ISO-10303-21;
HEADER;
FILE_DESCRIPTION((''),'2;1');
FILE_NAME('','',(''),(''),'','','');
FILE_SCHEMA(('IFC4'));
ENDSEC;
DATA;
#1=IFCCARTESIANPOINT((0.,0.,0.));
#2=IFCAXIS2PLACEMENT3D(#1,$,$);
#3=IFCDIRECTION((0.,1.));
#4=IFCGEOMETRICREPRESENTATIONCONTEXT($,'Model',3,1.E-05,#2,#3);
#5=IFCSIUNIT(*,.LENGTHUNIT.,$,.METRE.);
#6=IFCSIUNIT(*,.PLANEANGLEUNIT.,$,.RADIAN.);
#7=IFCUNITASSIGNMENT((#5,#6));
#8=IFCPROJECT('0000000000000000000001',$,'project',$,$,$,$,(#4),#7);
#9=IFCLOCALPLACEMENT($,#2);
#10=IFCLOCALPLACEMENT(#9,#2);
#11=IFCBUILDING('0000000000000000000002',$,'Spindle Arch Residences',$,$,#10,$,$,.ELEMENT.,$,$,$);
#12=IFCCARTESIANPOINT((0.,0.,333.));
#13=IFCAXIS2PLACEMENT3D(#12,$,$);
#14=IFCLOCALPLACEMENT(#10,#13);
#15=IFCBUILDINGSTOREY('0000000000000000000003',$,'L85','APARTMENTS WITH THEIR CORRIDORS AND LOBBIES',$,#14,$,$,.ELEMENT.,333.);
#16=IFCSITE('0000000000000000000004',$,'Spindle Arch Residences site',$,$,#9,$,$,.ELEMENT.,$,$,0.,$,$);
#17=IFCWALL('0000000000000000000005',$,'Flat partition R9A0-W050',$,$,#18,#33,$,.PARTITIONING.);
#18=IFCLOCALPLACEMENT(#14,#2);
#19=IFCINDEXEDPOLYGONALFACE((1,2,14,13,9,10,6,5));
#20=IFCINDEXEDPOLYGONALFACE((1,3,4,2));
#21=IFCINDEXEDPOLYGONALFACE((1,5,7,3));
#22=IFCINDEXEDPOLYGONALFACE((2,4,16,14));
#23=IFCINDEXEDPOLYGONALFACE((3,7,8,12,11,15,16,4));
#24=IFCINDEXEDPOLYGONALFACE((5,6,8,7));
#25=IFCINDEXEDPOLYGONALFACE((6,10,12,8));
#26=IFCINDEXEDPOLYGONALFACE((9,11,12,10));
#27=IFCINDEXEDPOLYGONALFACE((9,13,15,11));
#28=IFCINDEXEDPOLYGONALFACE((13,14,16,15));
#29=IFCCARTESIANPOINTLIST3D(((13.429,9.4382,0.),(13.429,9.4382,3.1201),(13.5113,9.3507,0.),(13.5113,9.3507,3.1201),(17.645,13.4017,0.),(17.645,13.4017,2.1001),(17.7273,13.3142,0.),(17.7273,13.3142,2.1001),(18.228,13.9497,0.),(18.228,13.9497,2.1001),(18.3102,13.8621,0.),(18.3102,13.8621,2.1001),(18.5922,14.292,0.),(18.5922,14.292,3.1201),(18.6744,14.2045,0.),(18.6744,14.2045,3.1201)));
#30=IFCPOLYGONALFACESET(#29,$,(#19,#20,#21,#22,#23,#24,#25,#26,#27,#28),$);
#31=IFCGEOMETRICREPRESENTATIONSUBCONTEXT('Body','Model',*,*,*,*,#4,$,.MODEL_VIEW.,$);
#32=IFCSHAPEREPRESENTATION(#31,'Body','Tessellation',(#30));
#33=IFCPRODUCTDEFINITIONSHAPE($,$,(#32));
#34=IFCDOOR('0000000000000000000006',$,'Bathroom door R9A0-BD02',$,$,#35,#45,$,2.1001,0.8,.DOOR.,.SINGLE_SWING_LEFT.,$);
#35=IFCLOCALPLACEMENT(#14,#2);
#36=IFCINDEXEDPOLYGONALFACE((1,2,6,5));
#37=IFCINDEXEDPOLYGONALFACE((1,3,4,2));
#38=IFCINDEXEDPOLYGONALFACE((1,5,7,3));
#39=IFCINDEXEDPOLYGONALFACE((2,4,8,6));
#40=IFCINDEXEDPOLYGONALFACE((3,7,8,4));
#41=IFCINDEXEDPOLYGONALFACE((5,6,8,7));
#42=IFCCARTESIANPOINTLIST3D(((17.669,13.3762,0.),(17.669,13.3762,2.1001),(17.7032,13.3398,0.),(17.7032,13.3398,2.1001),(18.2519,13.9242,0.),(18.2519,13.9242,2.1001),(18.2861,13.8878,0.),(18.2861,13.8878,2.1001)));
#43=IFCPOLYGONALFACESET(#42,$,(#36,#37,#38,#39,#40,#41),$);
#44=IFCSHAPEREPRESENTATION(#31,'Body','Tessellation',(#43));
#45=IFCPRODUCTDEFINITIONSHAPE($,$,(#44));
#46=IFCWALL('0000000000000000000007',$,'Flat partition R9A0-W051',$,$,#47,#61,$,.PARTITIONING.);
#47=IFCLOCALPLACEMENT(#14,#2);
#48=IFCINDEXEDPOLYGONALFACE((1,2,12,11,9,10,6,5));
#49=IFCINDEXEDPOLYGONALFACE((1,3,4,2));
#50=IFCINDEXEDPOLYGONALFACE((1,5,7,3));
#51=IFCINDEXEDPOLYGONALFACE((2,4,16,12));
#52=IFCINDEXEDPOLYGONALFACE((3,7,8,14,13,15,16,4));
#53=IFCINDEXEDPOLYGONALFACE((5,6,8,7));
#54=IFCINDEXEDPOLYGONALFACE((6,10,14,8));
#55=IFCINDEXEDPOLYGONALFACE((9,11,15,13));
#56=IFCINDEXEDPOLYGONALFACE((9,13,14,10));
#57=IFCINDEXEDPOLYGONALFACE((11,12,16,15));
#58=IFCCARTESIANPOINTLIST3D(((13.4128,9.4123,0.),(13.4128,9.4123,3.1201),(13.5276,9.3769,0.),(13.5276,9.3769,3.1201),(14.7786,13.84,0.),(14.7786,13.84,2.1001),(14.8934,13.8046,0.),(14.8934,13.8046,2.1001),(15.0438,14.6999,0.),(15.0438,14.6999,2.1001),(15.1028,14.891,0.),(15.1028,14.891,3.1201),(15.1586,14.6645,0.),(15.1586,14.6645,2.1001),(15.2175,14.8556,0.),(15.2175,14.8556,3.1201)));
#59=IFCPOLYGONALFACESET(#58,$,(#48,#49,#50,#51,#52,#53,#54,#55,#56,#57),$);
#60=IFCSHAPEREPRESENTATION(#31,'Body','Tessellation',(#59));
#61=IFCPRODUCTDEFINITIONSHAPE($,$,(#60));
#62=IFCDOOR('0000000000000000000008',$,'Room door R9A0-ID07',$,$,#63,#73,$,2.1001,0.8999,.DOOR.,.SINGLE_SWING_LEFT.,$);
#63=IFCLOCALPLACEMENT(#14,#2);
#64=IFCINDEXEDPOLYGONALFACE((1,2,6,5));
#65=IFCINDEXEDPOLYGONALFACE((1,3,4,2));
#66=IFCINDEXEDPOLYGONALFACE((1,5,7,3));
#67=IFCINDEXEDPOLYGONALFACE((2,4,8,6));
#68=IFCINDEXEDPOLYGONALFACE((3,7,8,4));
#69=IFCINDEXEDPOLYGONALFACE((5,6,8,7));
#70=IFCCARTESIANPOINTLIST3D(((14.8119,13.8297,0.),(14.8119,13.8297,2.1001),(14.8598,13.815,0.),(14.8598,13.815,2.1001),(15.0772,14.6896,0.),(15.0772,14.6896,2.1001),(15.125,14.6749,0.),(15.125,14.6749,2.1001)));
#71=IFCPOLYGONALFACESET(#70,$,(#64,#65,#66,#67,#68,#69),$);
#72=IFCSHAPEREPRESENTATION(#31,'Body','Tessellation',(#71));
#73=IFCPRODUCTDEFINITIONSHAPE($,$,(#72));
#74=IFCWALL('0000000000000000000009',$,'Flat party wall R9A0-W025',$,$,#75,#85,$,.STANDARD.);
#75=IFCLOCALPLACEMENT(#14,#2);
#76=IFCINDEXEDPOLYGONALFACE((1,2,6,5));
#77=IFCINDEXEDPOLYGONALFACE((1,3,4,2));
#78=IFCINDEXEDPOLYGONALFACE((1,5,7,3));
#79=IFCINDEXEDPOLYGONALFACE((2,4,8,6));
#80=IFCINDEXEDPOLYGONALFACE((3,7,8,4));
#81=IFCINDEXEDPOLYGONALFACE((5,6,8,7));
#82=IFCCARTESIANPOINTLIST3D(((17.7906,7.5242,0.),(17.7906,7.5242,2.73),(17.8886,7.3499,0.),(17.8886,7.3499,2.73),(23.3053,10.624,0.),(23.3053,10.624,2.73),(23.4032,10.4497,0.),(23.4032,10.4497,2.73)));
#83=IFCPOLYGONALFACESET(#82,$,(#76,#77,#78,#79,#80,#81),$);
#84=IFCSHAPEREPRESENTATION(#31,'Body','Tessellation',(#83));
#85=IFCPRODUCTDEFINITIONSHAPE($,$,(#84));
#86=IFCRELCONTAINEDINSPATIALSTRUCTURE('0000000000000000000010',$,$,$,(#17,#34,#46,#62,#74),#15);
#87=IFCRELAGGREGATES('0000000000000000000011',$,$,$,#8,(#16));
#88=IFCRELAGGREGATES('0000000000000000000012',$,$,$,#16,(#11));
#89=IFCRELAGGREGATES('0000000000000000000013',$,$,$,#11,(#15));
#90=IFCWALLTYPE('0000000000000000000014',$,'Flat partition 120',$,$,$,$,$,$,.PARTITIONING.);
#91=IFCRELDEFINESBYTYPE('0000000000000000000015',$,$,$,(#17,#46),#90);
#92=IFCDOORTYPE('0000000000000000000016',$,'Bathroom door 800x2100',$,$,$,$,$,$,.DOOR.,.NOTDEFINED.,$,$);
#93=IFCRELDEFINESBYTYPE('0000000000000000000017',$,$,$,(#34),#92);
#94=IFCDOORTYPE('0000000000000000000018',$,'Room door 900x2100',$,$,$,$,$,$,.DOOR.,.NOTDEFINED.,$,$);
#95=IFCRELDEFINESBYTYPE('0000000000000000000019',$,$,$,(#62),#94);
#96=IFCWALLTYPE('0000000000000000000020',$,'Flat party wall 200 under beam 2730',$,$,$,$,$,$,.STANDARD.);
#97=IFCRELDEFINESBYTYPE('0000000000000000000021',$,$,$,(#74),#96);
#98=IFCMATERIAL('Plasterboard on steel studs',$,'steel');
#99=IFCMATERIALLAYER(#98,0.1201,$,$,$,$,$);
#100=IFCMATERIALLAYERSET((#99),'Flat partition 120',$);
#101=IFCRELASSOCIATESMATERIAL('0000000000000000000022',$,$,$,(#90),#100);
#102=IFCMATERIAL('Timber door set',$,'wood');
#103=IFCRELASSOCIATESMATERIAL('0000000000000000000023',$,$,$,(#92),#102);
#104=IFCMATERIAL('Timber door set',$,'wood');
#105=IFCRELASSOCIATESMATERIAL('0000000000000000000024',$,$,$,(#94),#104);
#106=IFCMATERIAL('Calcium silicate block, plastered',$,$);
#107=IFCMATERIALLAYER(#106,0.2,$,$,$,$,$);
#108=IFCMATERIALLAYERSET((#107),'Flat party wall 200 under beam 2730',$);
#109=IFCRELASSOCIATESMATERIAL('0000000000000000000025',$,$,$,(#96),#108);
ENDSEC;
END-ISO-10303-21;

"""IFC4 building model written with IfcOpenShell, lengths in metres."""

from ifc_helpers import new_model, si_unit, direction, frame, frame_2d, origin, place, context, subcontext, project, spatial, rectangle, extrude, material, layer, layer_set, type_object, element, fill, save


model = new_model("IFC4")

# Units and contexts
model_context = context("Model", 3, precision=1e-05, world=origin(), true_north=direction((0.0, 1.0)))
body_context = subcontext(model_context, "Body", "Model", "MODEL_VIEW")
ifc_project = project(units=[si_unit("LENGTHUNIT", "METRE"), si_unit("PLANEANGLEUNIT", "RADIAN")], contexts=[model_context])

# Site, building, storey
site_placement = place(None, origin())
site = spatial("IfcSite", under=ifc_project, at=site_placement, Name="Spindle Arch Residences site", CompositionType="ELEMENT", RefElevation=0.0)
building_placement = place(site_placement, origin())
building = spatial("IfcBuilding", under=site, at=building_placement, Name="Spindle Arch Residences", CompositionType="ELEMENT")
storey_placement = place(building_placement, frame((0.0, 0.0, 333.0)))
storey = spatial("IfcBuildingStorey", under=building, at=storey_placement, Name="L85", Description="APARTMENTS WITH THEIR CORRIDORS AND LOBBIES", CompositionType="ELEMENT", Elevation=333.0)

# Shared definitions
ifc_material_1 = material(Name="Plasterboard on steel studs", Category="steel")
ifc_layer_1 = layer(ifc_material_1, 0.1201)
ifc_layer_set_1 = layer_set([ifc_layer_1], Name="Flat partition 120")
wall_type_1 = type_object("IfcWallType", Name="Flat partition 120", PredefinedType="PARTITIONING", material=ifc_layer_set_1)
ifc_material_2 = material(Name="Timber door set", Category="wood")
door_type_1 = type_object("IfcDoorType", Name="Bathroom door 800x2100", OperationType="NOTDEFINED", PredefinedType="DOOR", material=ifc_material_2)

# Walls, openings, doors
wall_1_placement = place(storey_placement, frame((18.6333, 14.2483, 0.0), z_axis=(0.0, 0.0, 1.0), x_axis=(-0.728595, -0.684944, 0.0)))
wall_1 = element("IfcWall", 1, at=wall_1_placement, inside=storey, type_object=wall_type_1, Name="Flat partition R9A0-W050", PredefinedType="PARTITIONING", context=body_context, shape_type="SweptSolid", body=[
    extrude(rectangle(XDim=7.0864, YDim=0.1201, at=frame_2d((3.5432, 0.0))), origin(), (0.0, 0.0, 1.0), 3.1201),
])
opening_1_placement = place(wall_1_placement, frame((0.5, 0.0, 0.0)))
opening_1 = element("IfcOpeningElement", 2, at=opening_1_placement, cuts=wall_1, PredefinedType="OPENING", context=body_context, shape_type="SweptSolid", body=[
    extrude(rectangle(XDim=0.8, YDim=2.1001, at=frame_2d((0.3999, 1.05))), frame((0.0, 0.0701, 0.0), z_axis=(0.0, -1.0, 0.0), x_axis=(1.0, 0.0, 0.0)), (0.0, 0.0, 1.0), 0.1401),
])
door_1_placement = place(opening_1_placement, origin())
door_1 = element("IfcDoor", 3, at=door_1_placement, inside=storey, type_object=door_type_1, Name="Bathroom door R9A0-BD02", OperationType="SINGLE_SWING_LEFT", OverallHeight=2.1001, OverallWidth=0.8, PredefinedType="DOOR", context=body_context, shape_type="SweptSolid", body=[
    extrude(rectangle(XDim=0.8, YDim=2.1001, at=frame_2d((0.3999, 1.05))), frame((0.0, 0.0249, 0.0), z_axis=(0.0, -1.0, 0.0), x_axis=(1.0, 0.0, 0.0)), (0.0, 0.0, 1.0), 0.05),
])
fill(opening_1, door_1)
wall_2_placement = place(storey_placement, frame((15.1602, 14.8733, 0.0), z_axis=(0.0, 0.0, 1.0), x_axis=(-0.29475, -0.955574, 0.0)))
wall_2 = element("IfcWall", 4, at=wall_2_placement, inside=storey, type_object=wall_type_1, Name="Flat partition R9A0-W051", PredefinedType="PARTITIONING", context=body_context, shape_type="SweptSolid", body=[
    extrude(rectangle(XDim=5.7334, YDim=0.1201, at=frame_2d((2.8667, 0.0))), origin(), (0.0, 0.0, 1.0), 3.1201),
])
opening_2_placement = place(wall_2_placement, frame((0.2, 0.0, 0.0)))
opening_2 = element("IfcOpeningElement", 5, at=opening_2_placement, cuts=wall_2, PredefinedType="OPENING", context=body_context, shape_type="SweptSolid", body=[
    extrude(rectangle(XDim=0.8999, YDim=2.1001, at=frame_2d((0.45, 1.05))), frame((0.0, 0.0701, 0.0), z_axis=(0.0, -1.0, 0.0), x_axis=(1.0, 0.0, 0.0)), (0.0, 0.0, 1.0), 0.1401),
])
ifc_material_3 = material(Name="Timber door set", Category="wood")
door_type_2 = type_object("IfcDoorType", Name="Room door 900x2100", OperationType="NOTDEFINED", PredefinedType="DOOR", material=ifc_material_3)
door_2_placement = place(opening_2_placement, origin())
door_2 = element("IfcDoor", 6, at=door_2_placement, inside=storey, type_object=door_type_2, Name="Room door R9A0-ID07", OperationType="SINGLE_SWING_LEFT", OverallHeight=2.1001, OverallWidth=0.8999, PredefinedType="DOOR", context=body_context, shape_type="SweptSolid", body=[
    extrude(rectangle(XDim=0.8999, YDim=2.1001, at=frame_2d((0.45, 1.05))), frame((0.0, 0.0249, 0.0), z_axis=(0.0, -1.0, 0.0), x_axis=(1.0, 0.0, 0.0)), (0.0, 0.0, 1.0), 0.05),
])
fill(opening_2, door_2)

# Wall
ifc_material_4 = material(Name="Calcium silicate block, plastered")
ifc_layer_2 = layer(ifc_material_4, 0.2)
ifc_layer_set_2 = layer_set([ifc_layer_2], Name="Flat party wall 200 under beam 2730")
wall_type_2 = type_object("IfcWallType", Name="Flat party wall 200 under beam 2730", PredefinedType="STANDARD", material=ifc_layer_set_2)
wall_3_placement = place(storey_placement, frame((23.3542, 10.5369, 0.0), z_axis=(0.0, 0.0, 1.0), x_axis=(-0.87172, -0.490005, 0.0)))
element("IfcWall", 7, at=wall_3_placement, inside=storey, type_object=wall_type_2, Name="Flat party wall R9A0-W025", PredefinedType="STANDARD", context=body_context, shape_type="SweptSolid", body=[
    extrude(rectangle(XDim=6.3262, YDim=0.2, at=frame_2d((3.1631, 0.0))), origin(), (0.0, 0.0, 1.0), 2.73),
])

save(model, "model.ifc")
